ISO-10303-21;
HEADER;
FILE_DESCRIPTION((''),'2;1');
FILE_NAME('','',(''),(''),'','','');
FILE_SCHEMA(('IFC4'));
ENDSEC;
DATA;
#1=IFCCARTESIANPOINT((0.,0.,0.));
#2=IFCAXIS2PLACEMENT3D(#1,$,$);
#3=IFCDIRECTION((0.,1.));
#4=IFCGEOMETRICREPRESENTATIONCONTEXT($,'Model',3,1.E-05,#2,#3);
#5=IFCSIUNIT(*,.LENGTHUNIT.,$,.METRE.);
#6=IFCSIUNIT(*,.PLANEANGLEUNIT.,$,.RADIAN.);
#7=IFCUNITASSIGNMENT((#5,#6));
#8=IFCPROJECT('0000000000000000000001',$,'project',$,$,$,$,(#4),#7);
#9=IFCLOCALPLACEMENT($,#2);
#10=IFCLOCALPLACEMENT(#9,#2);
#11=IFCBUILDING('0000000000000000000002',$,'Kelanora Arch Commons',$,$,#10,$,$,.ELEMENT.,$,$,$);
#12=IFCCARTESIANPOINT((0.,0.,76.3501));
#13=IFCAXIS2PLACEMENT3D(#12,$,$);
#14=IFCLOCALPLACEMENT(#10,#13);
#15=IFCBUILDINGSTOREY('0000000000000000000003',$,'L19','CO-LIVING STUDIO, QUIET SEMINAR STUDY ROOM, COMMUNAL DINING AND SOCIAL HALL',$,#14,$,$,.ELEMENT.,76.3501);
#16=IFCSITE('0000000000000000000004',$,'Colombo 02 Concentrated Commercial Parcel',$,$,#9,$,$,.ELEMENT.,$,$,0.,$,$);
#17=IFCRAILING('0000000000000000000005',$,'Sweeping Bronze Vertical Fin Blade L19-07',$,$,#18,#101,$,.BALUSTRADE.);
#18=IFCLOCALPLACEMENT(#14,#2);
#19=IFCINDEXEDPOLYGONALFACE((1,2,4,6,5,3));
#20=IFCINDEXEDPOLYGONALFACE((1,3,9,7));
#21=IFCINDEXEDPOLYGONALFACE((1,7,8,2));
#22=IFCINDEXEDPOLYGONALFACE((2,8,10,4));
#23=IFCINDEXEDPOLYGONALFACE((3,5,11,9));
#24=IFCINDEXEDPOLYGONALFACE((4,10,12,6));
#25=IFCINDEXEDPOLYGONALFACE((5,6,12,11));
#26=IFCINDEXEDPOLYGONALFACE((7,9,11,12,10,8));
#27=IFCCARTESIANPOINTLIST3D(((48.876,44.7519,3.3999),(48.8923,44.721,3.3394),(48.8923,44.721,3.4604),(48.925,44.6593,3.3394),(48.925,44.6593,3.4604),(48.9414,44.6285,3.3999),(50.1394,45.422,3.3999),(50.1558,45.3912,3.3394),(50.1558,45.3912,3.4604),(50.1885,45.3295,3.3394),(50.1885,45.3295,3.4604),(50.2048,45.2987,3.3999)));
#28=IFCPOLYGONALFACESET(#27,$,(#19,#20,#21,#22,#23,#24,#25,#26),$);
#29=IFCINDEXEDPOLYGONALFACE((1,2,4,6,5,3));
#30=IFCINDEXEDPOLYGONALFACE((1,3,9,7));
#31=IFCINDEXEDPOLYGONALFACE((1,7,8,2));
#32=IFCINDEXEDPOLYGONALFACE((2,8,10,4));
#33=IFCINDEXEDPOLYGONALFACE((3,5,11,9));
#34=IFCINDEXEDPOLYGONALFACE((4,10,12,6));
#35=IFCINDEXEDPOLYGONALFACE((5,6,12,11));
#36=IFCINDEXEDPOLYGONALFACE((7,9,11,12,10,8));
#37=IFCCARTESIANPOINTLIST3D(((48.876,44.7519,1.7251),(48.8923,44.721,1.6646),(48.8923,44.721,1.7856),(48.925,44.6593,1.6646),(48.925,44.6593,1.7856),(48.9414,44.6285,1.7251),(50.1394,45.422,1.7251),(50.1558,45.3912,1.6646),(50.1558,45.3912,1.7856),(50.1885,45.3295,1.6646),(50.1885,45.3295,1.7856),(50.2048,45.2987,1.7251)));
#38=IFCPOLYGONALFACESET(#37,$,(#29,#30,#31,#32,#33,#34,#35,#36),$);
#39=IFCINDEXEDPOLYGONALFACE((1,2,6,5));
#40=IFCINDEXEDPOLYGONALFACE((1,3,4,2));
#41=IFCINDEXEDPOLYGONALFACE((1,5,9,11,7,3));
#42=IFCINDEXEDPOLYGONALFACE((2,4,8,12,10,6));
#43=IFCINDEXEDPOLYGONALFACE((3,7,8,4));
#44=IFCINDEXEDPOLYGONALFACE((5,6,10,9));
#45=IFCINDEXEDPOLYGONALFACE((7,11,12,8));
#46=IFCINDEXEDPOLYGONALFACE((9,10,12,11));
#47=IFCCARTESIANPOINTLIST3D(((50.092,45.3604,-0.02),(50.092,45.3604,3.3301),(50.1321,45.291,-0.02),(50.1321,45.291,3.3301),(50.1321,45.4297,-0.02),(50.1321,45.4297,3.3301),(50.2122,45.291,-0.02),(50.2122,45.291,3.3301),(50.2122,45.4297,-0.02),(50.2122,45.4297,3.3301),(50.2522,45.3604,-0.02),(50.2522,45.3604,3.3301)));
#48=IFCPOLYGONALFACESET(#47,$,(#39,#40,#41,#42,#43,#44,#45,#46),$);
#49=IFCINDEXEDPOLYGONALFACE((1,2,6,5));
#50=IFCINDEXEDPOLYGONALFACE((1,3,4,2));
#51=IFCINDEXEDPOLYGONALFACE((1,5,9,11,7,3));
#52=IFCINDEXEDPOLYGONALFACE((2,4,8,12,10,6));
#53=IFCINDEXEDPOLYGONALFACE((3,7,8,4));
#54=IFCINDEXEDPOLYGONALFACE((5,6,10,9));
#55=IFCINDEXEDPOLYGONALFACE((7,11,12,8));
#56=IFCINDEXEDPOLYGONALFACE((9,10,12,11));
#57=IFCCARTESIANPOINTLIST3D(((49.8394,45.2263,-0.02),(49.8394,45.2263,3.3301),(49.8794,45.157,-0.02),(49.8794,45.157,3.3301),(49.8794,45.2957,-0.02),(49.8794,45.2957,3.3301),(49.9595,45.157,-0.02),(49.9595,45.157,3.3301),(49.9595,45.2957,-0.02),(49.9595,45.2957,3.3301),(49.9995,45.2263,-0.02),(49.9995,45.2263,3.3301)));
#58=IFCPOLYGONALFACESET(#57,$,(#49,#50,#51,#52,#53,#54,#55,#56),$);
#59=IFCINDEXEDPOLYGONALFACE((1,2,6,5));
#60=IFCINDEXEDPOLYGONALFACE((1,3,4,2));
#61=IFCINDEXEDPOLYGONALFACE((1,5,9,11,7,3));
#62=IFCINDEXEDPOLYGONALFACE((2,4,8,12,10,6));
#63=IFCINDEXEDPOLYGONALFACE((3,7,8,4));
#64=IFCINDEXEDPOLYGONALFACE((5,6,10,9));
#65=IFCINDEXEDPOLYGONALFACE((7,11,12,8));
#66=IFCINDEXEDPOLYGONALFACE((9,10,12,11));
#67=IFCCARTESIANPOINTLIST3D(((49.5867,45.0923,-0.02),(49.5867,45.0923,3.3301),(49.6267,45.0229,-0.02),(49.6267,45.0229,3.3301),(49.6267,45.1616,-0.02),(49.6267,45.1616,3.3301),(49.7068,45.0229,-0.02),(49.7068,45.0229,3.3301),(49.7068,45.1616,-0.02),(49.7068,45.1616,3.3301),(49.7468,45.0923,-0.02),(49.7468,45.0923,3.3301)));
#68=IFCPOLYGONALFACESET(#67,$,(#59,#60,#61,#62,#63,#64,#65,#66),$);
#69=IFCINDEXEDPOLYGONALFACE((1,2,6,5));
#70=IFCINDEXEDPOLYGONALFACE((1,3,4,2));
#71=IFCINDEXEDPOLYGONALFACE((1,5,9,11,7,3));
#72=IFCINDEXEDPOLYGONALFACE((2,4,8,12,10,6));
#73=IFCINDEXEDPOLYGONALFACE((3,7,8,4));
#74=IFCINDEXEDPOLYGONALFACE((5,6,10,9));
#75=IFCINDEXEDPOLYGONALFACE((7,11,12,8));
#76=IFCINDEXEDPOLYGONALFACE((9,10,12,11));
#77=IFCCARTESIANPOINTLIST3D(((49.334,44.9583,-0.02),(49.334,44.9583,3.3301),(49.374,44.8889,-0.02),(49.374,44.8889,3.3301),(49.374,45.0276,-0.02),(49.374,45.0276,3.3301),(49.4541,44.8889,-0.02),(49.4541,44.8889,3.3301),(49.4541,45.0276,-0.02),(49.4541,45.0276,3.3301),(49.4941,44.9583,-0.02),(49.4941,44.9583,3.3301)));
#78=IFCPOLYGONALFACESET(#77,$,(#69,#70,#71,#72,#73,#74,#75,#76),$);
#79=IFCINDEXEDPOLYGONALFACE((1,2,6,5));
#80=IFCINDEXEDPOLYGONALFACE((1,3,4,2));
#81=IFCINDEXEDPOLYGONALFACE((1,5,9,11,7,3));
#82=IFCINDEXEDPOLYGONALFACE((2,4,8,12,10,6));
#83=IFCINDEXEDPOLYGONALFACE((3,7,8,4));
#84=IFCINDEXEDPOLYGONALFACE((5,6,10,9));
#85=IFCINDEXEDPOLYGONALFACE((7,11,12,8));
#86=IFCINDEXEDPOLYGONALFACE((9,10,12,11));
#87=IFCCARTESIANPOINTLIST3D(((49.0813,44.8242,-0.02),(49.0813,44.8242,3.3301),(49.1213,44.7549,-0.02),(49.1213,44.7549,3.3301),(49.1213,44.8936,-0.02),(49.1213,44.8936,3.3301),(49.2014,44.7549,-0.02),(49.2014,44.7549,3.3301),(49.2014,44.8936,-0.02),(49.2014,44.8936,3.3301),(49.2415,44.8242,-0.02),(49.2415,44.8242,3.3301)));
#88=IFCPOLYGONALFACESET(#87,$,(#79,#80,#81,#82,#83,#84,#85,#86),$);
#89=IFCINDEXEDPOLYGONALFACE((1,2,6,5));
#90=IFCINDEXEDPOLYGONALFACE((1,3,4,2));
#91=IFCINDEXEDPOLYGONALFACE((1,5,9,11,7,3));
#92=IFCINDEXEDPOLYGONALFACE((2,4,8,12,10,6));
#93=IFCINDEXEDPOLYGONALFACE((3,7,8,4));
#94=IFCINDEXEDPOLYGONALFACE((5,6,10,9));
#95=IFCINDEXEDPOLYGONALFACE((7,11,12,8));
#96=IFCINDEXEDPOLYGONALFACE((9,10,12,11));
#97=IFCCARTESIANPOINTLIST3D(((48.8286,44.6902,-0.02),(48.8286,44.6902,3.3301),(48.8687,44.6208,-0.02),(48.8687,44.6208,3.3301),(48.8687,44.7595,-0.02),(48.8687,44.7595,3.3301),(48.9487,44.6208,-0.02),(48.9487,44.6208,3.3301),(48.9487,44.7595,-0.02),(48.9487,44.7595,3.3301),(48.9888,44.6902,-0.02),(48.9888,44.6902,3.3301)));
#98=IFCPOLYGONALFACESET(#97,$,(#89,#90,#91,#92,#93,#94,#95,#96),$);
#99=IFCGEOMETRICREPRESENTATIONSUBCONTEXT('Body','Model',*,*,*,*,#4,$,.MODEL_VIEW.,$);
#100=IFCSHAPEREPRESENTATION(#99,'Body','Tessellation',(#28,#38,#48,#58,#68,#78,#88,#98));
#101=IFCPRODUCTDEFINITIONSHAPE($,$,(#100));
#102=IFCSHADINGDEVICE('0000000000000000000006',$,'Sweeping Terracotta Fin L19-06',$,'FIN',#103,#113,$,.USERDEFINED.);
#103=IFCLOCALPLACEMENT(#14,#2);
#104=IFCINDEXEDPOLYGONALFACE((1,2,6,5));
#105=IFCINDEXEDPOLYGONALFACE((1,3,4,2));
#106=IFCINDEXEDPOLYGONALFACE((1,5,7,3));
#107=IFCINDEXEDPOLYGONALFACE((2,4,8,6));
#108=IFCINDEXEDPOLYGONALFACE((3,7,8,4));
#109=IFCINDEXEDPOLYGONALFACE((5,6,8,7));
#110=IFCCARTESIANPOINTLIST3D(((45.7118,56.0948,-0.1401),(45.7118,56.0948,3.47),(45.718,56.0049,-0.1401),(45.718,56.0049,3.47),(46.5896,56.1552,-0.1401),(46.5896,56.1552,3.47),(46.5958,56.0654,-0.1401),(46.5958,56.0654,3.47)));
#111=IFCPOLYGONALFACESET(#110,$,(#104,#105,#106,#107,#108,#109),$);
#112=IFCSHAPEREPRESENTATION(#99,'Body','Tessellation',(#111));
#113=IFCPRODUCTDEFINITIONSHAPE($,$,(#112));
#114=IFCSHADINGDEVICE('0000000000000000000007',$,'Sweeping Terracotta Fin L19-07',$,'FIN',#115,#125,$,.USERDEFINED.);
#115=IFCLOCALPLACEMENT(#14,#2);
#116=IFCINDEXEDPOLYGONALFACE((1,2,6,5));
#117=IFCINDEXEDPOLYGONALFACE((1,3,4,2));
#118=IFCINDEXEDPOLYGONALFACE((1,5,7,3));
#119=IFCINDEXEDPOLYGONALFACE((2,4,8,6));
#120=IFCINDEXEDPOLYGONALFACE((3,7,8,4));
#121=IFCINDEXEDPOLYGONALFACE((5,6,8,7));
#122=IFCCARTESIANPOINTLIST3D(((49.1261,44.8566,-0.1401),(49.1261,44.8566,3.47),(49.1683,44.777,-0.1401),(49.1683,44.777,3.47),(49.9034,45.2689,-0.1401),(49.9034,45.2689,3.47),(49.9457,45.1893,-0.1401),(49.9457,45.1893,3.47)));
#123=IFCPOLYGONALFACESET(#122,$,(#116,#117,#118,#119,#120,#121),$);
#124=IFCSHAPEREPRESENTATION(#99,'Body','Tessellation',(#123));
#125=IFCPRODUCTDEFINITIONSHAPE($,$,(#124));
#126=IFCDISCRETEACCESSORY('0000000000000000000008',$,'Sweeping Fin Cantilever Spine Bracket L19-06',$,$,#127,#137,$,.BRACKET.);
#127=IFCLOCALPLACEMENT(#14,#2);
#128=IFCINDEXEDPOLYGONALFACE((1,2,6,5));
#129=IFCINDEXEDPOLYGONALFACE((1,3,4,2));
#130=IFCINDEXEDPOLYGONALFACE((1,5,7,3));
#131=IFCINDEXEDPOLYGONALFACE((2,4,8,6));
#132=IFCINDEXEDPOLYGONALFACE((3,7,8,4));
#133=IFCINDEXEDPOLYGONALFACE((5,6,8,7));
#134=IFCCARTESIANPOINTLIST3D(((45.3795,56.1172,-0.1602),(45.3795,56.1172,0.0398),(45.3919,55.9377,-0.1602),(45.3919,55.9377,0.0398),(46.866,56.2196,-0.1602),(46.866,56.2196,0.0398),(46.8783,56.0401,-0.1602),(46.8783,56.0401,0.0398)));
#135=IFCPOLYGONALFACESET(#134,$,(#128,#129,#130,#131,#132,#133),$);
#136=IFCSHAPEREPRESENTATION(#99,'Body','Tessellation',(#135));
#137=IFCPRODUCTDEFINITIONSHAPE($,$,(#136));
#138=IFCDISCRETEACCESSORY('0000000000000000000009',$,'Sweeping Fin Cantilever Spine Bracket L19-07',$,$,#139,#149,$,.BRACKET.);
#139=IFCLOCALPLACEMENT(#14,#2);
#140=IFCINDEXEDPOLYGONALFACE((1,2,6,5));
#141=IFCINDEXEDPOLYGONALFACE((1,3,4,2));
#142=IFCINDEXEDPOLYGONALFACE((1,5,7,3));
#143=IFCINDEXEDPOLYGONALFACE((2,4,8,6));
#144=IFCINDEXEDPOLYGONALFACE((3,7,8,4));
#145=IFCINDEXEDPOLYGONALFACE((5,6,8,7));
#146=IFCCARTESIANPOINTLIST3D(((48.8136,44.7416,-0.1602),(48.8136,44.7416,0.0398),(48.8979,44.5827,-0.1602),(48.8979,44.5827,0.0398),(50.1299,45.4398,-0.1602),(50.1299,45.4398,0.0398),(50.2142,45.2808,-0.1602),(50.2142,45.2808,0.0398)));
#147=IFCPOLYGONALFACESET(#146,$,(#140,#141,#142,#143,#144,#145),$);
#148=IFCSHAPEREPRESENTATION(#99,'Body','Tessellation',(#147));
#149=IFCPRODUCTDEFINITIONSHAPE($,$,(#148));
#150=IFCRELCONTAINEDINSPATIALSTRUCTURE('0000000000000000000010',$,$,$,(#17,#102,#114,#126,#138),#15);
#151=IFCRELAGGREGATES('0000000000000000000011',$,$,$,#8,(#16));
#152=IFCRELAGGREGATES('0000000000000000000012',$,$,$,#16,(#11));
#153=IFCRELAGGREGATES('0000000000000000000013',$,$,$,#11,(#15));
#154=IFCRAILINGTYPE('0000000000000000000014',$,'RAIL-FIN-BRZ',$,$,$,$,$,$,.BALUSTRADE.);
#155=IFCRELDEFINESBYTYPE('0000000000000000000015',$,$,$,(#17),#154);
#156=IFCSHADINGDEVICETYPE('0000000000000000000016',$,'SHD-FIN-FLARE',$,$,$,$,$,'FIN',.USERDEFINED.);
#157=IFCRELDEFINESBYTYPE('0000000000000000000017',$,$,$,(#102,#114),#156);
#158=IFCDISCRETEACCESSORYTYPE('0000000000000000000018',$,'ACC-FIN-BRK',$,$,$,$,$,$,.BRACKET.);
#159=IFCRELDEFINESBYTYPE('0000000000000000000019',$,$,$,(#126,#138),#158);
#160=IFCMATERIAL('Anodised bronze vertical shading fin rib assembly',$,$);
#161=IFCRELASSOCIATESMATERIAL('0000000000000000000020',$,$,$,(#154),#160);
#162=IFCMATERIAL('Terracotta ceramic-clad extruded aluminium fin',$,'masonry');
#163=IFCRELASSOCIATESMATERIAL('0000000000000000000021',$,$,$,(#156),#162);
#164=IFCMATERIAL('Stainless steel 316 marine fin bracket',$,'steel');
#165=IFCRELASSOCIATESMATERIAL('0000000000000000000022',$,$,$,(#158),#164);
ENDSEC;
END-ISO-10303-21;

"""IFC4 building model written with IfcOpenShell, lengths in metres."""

from ifc_helpers import new_model, si_unit, direction, frame, origin, origin_2d, place, context, subcontext, project, spatial, polyline, rectangle, outline, extrude, source, transform, mapped, material, type_object, element, save


model = new_model("IFC4")

# Units and contexts
model_context = context("Model", 3, precision=1e-05, world=origin(), true_north=direction((0.0, 1.0)))
body_context = subcontext(model_context, "Body", "Model", "MODEL_VIEW")
ifc_project = project(units=[si_unit("LENGTHUNIT", "METRE"), si_unit("PLANEANGLEUNIT", "RADIAN")], contexts=[model_context])

# Site, building, storey
site_placement = place(None, origin())
site = spatial("IfcSite", under=ifc_project, at=site_placement, Name="Colombo 02 Concentrated Commercial Parcel", CompositionType="ELEMENT", RefElevation=0.0)
building_placement = place(site_placement, origin())
building = spatial("IfcBuilding", under=site, at=building_placement, Name="Kelanora Arch Commons", CompositionType="ELEMENT")
storey_placement = place(building_placement, frame((0.0, 0.0, 76.3501)))
storey = spatial("IfcBuildingStorey", under=building, at=storey_placement, Name="L19", Description="CO-LIVING STUDIO, QUIET SEMINAR STUDY ROOM, COMMUNAL DINING AND SOCIAL HALL", CompositionType="ELEMENT", Elevation=76.3501)

# Railing
ifc_material_1 = material(Name="Anodised bronze vertical shading fin rib assembly")
railing_type = type_object("IfcRailingType", Name="RAIL-FIN-BRZ", PredefinedType="BALUSTRADE", material=ifc_material_1)
railing_1_placement = place(storey_placement, frame((50.1721, 45.3604, -0.02)))
element("IfcRailing", 1, at=railing_1_placement, inside=storey, type_object=railing_type, Name="Sweeping Bronze Vertical Fin Blade L19-07", PredefinedType="BALUSTRADE", context=body_context, shape_type="SweptSolid", body=[
    extrude(outline(polyline([(0.0698, 0.0), (0.0349, 0.0605), (-0.0349, 0.0605), (-0.0698, 0.0), (-0.0349, -0.0605), (0.0349, -0.0605), (0.0698, 0.0)])), frame((0.0, 0.0, 3.4199), z_axis=(-0.883414, -0.468593, 0.0), x_axis=(0.468593, -0.883414, 0.0)), (0.0, 0.0, 1.0), 1.4302),
    extrude(outline(polyline([(0.0698, 0.0), (0.0349, 0.0605), (-0.0349, 0.0605), (-0.0698, 0.0), (-0.0349, -0.0605), (0.0349, -0.0605), (0.0698, 0.0)])), frame((0.0, 0.0, 1.7451), z_axis=(-0.883414, -0.468593, 0.0), x_axis=(0.468593, -0.883414, 0.0)), (0.0, 0.0, 1.0), 1.4302),
    extrude(outline(polyline([(0.0801, 0.0), (0.04, 0.0693), (-0.04, 0.0693), (-0.0801, 0.0), (-0.04, -0.0693), (0.04, -0.0693), (0.0801, 0.0)])), origin(), (0.0, 0.0, 1.0), 3.3501),
    extrude(outline(polyline([(0.0801, 0.0), (0.04, 0.0693), (-0.04, 0.0693), (-0.0801, 0.0), (-0.04, -0.0693), (0.04, -0.0693), (0.0801, 0.0)])), frame((-0.2527, -0.134, 0.0)), (0.0, 0.0, 1.0), 3.3501),
    extrude(outline(polyline([(0.0801, 0.0), (0.04, 0.0693), (-0.04, 0.0693), (-0.0801, 0.0), (-0.04, -0.0693), (0.04, -0.0693), (0.0801, 0.0)])), frame((-0.5054, -0.2681, 0.0)), (0.0, 0.0, 1.0), 3.3501),
    extrude(outline(polyline([(0.0801, 0.0), (0.04, 0.0693), (-0.04, 0.0693), (-0.0801, 0.0), (-0.04, -0.0693), (0.04, -0.0693), (0.0801, 0.0)])), frame((-0.7581, -0.4021, 0.0)), (0.0, 0.0, 1.0), 3.3501),
    extrude(outline(polyline([(0.0801, 0.0), (0.04, 0.0693), (-0.04, 0.0693), (-0.0801, 0.0), (-0.04, -0.0693), (0.04, -0.0693), (0.0801, 0.0)])), frame((-1.0107, -0.5361, 0.0)), (0.0, 0.0, 1.0), 3.3501),
    extrude(outline(polyline([(0.0801, 0.0), (0.04, 0.0693), (-0.04, 0.0693), (-0.0801, 0.0), (-0.04, -0.0693), (0.04, -0.0693), (0.0801, 0.0)])), frame((-1.2634, -0.6702, 0.0)), (0.0, 0.0, 1.0), 3.3501),
])

# Shading devices
ifc_material_2 = material(Name="Terracotta ceramic-clad extruded aluminium fin", Category="masonry")
shading_device_type = type_object("IfcShadingDeviceType", Name="SHD-FIN-FLARE", ElementType="FIN", PredefinedType="USERDEFINED", material=ifc_material_2)
shared_shape_1 = source(origin(), body_context, "Body", "SweptSolid", [
    extrude(rectangle(XDim=0.8799, YDim=0.0901, at=origin_2d()), origin(), (0.0, 0.0, 1.0), 3.6101),
])
for number, where, z_axis, x_axis, name in (
    (2, (46.1538, 56.0801, -0.1401), (0.0, 0.0, 1.0), (-0.997637, -0.068712, 0.0), "Sweeping Terracotta Fin L19-06"),
    (3, (49.5359, 45.0229, -0.1401), (0.0, 0.0, 1.0), (-0.883439, -0.468547, 0.0), "Sweeping Terracotta Fin L19-07"),
):
    element("IfcShadingDevice", number, at=place(storey_placement, frame(where, z_axis=z_axis, x_axis=x_axis)), inside=storey, type_object=shading_device_type, Name=name, ObjectType="FIN", PredefinedType="USERDEFINED", context=body_context, shape_type="MappedRepresentation", body=[
        mapped(shared_shape_1, transform((0.0, 0.0, 0.0), scale=1.0)),
    ])

# Discrete accessories
ifc_material_3 = material(Name="Stainless steel 316 marine fin bracket", Category="steel")
discrete_accessory_type = type_object("IfcDiscreteAccessoryType", Name="ACC-FIN-BRK", PredefinedType="BRACKET", material=ifc_material_3)
shared_shape_2 = source(origin(), body_context, "Body", "SweptSolid", [
    extrude(rectangle(XDim=1.49, YDim=0.1799, at=origin_2d()), origin(), (0.0, 0.0, 1.0), 0.2),
])
for number, where, z_axis, x_axis, name in (
    (4, (46.1289, 56.0786, -0.1602), (0.0, 0.0, 1.0), (-0.997637, -0.068712, 0.0), "Sweeping Fin Cantilever Spine Bracket L19-06"),
    (5, (49.5139, 45.0112, -0.1602), (0.0, 0.0, 1.0), (-0.883439, -0.468547, 0.0), "Sweeping Fin Cantilever Spine Bracket L19-07"),
):
    element("IfcDiscreteAccessory", number, at=place(storey_placement, frame(where, z_axis=z_axis, x_axis=x_axis)), inside=storey, type_object=discrete_accessory_type, Name=name, PredefinedType="BRACKET", context=body_context, shape_type="MappedRepresentation", body=[
        mapped(shared_shape_2, transform((0.0, 0.0, 0.0), scale=1.0)),
    ])

save(model, "model.ifc")
